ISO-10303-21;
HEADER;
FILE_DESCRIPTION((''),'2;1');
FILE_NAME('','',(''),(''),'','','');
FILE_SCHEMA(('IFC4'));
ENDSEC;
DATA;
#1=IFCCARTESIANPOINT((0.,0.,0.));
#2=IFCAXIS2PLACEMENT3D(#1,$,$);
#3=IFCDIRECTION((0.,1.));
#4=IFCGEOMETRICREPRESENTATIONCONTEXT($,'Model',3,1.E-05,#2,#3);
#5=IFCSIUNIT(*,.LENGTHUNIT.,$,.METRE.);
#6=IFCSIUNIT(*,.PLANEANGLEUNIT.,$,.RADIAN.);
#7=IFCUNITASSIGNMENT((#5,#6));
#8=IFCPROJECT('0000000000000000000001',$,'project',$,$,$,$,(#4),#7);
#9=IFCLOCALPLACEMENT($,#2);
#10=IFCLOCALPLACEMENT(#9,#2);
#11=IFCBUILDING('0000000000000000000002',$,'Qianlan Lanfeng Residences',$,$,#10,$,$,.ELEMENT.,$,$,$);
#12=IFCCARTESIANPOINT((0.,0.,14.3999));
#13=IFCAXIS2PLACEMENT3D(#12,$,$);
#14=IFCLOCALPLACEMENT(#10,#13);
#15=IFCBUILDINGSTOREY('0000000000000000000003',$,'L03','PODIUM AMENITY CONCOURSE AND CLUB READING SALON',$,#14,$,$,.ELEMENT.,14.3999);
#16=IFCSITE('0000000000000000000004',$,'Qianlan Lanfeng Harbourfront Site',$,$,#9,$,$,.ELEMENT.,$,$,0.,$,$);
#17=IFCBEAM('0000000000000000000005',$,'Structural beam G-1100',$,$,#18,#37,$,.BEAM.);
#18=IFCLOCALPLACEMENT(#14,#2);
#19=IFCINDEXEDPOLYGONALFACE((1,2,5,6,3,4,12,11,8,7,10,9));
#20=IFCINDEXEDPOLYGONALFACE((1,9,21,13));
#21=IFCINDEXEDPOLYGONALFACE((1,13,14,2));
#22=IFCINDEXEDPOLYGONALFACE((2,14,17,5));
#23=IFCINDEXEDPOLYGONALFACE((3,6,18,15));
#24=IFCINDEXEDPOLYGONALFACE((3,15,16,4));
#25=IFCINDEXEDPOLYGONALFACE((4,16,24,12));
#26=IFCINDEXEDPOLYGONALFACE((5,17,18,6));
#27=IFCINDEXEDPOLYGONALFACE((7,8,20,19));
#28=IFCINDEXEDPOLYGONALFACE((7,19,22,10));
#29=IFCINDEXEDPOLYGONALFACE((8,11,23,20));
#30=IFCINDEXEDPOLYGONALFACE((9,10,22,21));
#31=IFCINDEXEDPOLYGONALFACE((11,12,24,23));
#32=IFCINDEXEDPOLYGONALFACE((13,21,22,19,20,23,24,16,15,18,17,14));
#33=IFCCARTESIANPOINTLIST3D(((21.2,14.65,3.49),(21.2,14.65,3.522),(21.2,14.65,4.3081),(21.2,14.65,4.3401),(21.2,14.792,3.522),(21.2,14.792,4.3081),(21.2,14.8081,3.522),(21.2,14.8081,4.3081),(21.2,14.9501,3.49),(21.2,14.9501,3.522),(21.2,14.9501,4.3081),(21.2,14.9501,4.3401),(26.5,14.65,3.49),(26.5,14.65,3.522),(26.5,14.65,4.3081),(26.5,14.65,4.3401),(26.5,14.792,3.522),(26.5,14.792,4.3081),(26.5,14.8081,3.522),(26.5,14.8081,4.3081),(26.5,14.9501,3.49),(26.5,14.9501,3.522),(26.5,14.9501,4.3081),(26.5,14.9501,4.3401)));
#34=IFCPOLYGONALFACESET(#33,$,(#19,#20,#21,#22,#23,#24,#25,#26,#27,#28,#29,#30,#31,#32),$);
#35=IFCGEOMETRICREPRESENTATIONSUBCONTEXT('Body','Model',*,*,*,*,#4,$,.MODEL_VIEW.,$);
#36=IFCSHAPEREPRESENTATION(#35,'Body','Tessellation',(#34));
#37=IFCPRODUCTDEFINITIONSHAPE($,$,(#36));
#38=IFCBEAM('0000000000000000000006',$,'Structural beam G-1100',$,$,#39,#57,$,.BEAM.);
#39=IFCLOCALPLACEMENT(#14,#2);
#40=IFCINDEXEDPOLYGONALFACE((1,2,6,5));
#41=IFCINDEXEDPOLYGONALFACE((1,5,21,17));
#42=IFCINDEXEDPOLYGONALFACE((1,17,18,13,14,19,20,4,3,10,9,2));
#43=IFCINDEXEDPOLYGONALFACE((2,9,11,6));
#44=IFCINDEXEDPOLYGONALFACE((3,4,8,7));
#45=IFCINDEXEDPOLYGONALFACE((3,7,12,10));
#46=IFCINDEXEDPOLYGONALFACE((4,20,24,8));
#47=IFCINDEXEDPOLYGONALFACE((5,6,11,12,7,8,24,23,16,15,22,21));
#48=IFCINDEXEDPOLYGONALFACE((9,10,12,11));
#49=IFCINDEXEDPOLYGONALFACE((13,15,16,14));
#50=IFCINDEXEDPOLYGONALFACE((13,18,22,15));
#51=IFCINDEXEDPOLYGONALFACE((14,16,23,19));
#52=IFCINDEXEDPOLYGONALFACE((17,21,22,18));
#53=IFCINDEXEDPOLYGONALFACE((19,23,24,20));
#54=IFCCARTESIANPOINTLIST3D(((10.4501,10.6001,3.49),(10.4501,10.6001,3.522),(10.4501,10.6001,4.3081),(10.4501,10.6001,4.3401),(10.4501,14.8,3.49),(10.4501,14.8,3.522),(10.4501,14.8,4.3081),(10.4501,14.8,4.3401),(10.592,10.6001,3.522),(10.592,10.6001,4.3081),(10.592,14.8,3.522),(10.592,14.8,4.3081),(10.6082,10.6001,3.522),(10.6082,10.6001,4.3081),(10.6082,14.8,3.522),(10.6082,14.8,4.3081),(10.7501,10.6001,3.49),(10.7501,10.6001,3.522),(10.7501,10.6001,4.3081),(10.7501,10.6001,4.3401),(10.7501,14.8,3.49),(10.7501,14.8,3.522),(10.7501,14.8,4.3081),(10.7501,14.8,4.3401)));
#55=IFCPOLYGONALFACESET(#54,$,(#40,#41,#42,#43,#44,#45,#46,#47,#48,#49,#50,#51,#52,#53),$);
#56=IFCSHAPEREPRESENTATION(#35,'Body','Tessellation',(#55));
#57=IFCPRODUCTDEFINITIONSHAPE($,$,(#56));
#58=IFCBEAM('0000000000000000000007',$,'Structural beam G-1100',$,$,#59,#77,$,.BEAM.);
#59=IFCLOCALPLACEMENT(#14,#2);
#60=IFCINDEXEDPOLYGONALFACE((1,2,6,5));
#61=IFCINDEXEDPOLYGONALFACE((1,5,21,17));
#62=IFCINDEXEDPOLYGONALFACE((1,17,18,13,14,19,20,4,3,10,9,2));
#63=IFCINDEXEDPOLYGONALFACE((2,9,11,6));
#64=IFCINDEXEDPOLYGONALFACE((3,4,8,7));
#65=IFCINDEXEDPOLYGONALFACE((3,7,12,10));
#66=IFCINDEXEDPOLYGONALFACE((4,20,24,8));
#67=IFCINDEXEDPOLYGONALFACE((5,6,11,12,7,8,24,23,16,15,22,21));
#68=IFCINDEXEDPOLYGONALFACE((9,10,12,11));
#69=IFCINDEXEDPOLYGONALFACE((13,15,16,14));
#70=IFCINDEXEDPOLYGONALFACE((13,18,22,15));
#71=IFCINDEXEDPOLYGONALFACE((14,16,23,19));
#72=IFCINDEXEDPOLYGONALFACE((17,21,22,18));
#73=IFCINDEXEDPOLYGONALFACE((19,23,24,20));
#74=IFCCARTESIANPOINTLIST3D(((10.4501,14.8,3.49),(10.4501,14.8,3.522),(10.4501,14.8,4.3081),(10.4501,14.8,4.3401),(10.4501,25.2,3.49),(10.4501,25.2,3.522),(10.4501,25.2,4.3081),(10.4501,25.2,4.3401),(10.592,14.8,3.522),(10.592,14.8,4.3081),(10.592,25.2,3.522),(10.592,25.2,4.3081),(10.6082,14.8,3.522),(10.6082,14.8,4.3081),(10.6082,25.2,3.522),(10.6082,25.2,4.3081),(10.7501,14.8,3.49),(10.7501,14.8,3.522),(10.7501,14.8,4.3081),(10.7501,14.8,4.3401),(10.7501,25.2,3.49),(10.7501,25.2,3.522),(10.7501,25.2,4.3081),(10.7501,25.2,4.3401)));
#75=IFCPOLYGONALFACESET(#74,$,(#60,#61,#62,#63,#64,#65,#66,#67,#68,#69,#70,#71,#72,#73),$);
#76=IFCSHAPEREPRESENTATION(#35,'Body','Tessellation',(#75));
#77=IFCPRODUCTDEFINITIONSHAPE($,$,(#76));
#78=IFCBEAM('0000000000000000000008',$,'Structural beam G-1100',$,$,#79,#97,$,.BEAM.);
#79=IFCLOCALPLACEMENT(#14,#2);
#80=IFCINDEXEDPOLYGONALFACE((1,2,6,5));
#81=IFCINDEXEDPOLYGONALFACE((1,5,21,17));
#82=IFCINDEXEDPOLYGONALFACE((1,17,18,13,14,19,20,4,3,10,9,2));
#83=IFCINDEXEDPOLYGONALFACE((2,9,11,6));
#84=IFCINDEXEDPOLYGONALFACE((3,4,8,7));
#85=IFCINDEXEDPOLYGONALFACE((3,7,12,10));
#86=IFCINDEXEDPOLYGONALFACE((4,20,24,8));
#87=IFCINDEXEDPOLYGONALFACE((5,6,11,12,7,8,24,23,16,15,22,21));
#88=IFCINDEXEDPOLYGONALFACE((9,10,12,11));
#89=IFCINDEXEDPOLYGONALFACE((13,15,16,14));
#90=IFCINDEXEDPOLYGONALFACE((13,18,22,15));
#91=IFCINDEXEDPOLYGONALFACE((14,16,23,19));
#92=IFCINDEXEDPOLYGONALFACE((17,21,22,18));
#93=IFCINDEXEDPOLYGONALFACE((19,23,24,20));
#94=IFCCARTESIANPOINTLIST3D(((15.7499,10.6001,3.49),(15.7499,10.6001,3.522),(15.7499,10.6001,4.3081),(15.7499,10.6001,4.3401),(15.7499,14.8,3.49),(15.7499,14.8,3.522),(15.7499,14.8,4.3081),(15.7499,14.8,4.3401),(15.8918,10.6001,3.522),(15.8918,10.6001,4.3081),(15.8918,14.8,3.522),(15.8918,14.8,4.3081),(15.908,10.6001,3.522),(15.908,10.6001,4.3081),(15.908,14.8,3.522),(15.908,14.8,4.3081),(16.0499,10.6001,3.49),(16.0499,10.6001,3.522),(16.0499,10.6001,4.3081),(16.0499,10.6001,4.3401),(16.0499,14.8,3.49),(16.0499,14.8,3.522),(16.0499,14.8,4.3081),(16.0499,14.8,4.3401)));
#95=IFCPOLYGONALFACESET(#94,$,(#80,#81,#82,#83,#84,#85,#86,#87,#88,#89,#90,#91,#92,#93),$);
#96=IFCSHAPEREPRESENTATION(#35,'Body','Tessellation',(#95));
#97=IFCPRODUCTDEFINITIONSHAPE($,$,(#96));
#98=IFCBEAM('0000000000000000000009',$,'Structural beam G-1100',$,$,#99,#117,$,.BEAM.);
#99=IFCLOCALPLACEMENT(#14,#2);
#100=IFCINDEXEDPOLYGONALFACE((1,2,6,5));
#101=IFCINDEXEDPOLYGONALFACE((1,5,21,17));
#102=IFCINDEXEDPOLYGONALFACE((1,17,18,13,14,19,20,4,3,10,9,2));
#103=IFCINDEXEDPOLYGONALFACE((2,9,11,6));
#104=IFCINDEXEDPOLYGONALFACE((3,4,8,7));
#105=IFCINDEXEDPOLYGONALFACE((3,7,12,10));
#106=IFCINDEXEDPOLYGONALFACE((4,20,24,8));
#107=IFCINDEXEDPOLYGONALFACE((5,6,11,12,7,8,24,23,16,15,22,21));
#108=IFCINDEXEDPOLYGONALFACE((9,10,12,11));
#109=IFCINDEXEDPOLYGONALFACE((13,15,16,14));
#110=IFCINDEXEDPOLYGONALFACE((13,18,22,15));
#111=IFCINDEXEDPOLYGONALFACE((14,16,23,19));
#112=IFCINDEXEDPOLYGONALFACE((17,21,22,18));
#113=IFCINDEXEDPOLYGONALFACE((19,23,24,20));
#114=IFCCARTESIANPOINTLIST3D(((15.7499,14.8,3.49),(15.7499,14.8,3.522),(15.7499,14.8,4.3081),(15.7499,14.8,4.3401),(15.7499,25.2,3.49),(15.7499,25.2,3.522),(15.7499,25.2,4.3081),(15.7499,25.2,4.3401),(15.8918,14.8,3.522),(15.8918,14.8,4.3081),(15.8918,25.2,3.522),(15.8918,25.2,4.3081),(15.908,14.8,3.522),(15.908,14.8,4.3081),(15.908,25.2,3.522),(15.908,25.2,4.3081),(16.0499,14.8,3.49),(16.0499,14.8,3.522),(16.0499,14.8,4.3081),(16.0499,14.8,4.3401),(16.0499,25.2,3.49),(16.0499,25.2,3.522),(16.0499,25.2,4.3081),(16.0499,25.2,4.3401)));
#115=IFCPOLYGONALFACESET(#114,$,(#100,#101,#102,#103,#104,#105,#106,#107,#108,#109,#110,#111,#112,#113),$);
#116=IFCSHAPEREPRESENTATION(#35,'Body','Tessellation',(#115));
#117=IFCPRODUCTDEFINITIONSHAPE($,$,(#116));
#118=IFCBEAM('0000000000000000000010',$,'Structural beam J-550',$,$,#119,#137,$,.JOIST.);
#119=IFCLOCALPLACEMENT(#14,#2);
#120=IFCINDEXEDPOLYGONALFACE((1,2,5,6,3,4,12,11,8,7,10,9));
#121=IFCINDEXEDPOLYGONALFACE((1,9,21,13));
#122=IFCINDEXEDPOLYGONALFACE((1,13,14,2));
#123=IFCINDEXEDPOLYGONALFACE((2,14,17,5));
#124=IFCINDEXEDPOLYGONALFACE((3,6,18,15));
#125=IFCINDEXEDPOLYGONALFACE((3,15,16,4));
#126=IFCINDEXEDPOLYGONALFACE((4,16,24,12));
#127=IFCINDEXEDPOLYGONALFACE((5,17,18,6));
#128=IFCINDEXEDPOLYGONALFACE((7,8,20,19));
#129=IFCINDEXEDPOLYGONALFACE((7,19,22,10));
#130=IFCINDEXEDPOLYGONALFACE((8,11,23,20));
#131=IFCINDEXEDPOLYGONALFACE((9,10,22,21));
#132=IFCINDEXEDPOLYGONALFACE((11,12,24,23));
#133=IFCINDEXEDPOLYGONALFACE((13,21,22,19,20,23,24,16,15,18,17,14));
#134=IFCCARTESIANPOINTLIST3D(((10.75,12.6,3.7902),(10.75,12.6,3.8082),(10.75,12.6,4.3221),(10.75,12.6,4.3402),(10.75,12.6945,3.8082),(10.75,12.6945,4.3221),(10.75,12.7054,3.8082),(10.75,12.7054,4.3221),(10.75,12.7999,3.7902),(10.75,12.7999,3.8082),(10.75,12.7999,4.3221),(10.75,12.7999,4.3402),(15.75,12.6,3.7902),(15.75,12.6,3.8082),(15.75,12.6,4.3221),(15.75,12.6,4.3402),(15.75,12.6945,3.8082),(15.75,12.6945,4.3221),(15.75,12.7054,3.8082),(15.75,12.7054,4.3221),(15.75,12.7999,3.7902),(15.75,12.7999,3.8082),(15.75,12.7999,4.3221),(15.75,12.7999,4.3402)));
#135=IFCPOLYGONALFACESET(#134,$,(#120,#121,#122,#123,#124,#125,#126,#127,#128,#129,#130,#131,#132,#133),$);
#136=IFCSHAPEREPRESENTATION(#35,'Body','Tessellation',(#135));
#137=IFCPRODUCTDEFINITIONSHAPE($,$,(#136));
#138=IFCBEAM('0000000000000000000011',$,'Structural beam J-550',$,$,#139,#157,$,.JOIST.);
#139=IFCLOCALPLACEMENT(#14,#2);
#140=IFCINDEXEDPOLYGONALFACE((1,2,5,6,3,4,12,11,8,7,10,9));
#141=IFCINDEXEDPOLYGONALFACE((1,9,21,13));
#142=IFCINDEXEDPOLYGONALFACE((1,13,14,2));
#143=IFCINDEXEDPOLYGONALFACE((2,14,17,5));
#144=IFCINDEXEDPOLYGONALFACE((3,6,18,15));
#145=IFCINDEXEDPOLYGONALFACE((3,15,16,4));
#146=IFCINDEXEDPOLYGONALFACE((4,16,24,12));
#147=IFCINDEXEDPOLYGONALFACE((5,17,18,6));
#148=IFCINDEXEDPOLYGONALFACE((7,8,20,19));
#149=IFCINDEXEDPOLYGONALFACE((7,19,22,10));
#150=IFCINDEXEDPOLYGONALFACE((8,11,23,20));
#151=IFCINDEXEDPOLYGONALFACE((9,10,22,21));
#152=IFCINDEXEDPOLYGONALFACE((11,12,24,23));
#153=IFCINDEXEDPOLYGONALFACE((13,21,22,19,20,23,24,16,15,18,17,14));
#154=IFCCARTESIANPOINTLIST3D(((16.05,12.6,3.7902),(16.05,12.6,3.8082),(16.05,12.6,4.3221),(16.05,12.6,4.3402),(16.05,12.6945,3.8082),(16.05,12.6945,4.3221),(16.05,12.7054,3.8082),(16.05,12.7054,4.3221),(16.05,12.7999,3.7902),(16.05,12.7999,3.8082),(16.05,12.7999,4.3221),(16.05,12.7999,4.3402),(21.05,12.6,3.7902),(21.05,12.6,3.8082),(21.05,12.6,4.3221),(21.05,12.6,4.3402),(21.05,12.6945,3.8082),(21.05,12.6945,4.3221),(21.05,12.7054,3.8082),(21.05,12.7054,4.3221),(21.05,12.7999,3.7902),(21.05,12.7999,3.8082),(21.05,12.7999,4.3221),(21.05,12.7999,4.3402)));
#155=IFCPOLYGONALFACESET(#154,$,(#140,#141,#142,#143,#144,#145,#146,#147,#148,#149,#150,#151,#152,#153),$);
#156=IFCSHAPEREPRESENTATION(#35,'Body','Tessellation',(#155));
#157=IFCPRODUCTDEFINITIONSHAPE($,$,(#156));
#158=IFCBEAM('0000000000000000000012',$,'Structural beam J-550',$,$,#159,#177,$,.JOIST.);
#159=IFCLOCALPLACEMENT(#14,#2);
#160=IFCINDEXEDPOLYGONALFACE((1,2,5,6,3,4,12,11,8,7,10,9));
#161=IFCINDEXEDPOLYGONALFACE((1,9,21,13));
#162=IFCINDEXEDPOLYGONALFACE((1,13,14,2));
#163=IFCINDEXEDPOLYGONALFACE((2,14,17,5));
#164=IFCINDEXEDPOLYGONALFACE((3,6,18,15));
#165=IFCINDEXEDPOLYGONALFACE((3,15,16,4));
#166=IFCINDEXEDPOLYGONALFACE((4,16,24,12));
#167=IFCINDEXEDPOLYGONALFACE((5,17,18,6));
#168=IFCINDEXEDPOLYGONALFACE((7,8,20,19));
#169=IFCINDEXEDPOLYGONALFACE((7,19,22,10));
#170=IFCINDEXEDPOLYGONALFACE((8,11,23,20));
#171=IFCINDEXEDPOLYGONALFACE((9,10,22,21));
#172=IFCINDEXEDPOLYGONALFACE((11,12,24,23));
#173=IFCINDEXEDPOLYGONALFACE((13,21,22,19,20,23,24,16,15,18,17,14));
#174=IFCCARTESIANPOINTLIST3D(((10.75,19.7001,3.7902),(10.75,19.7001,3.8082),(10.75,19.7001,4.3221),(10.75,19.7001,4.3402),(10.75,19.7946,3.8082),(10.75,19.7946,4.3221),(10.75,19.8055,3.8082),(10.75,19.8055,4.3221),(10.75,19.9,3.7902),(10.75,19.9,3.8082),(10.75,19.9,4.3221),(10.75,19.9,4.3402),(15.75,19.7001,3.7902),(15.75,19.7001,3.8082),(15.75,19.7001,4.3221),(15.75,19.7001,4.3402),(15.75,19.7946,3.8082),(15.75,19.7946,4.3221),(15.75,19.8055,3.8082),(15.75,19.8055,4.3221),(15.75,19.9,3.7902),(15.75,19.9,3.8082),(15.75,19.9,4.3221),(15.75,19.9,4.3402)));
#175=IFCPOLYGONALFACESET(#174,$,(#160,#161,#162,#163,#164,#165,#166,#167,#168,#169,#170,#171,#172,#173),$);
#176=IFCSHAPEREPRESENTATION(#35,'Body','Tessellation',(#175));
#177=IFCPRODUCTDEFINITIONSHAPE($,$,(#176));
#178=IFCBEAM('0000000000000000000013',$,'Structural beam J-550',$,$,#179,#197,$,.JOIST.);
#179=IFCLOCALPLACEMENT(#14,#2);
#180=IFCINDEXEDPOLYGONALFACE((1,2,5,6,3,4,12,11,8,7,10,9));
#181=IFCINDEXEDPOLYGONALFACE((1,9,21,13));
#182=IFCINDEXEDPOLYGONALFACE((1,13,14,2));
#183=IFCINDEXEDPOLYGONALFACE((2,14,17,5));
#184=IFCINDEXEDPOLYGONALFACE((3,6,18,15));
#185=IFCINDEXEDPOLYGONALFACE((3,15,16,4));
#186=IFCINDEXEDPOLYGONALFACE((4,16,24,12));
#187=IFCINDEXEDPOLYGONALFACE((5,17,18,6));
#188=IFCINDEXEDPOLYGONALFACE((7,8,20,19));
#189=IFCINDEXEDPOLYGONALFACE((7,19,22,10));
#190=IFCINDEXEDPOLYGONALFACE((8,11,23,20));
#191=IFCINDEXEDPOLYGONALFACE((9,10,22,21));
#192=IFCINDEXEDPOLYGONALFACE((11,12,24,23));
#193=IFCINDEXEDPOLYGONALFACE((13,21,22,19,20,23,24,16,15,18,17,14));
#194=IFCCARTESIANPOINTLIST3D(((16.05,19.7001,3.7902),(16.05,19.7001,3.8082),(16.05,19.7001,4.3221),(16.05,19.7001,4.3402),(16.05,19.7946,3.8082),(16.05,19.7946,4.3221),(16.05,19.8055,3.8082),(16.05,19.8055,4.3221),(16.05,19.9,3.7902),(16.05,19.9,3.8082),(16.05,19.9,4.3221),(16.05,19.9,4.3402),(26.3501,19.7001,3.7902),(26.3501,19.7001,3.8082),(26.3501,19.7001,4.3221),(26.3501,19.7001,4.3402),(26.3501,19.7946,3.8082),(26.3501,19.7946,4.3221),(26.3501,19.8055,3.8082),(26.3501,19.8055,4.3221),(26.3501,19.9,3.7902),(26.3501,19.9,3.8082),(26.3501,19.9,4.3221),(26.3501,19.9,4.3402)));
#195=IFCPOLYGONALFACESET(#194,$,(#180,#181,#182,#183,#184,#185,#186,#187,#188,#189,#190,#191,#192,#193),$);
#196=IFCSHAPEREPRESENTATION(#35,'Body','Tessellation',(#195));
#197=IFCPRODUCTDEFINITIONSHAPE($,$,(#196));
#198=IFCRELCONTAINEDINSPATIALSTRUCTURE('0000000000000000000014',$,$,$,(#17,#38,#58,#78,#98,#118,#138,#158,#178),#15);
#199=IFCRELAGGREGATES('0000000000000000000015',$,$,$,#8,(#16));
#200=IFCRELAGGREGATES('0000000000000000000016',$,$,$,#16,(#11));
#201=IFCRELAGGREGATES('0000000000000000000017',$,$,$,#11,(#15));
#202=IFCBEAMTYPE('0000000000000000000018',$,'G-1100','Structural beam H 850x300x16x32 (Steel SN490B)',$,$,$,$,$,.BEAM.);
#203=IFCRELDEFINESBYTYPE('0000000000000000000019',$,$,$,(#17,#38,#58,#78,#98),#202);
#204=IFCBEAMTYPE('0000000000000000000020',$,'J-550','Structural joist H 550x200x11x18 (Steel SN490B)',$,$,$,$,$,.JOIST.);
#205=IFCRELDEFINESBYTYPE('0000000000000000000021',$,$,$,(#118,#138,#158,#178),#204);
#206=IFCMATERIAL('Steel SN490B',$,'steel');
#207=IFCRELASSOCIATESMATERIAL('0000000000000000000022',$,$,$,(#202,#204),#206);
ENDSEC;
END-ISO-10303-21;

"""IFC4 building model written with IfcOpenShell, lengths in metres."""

from ifc_helpers import new_model, si_unit, direction, frame, origin, origin_2d, place, context, subcontext, project, spatial, i_section, extrude, material, material_profile, profile_set, type_object, element, save


model = new_model("IFC4")

# Units and contexts
model_context = context("Model", 3, precision=1e-05, world=origin(), true_north=direction((0.0, 1.0)))
body_context = subcontext(model_context, "Body", "Model", "MODEL_VIEW")
ifc_project = project(units=[si_unit("LENGTHUNIT", "METRE"), si_unit("PLANEANGLEUNIT", "RADIAN")], contexts=[model_context])

# Site, building, storey
site_placement = place(None, origin())
site = spatial("IfcSite", under=ifc_project, at=site_placement, Name="Qianlan Lanfeng Harbourfront Site", CompositionType="ELEMENT", RefElevation=0.0)
building_placement = place(site_placement, origin())
building = spatial("IfcBuilding", under=site, at=building_placement, Name="Qianlan Lanfeng Residences", CompositionType="ELEMENT")
storey_placement = place(building_placement, frame((0.0, 0.0, 14.3999)))
storey = spatial("IfcBuildingStorey", under=building, at=storey_placement, Name="L03", Description="PODIUM AMENITY CONCOURSE AND CLUB READING SALON", CompositionType="ELEMENT", Elevation=14.3999)

# Beams
ifc_material_1 = material(Name="Steel SN490B", Category="steel")
ifc_material_profile_1 = material_profile(ifc_material_1, i_section(OverallWidth=0.3, OverallDepth=0.8501, WebThickness=0.0161, FlangeThickness=0.032, at=origin_2d()), Name="H 850x300x16x32")
ifc_profile_set_1 = profile_set([ifc_material_profile_1], Name="Steel SN490B")
beam_type_1 = type_object("IfcBeamType", Name="G-1100", Description="Structural beam H 850x300x16x32 (Steel SN490B)", PredefinedType="BEAM", material=ifc_profile_set_1)
for number, where, z_axis, x_axis, name in (
    (1, (21.2, 14.8, 3.915), (1.0, 0.0, 0.0), (0.0, 1.0, 0.0), "Structural beam G-1100"),
):
    element("IfcBeam", number, at=place(storey_placement, frame(where, z_axis=z_axis, x_axis=x_axis)), inside=storey, type_object=beam_type_1, Name=name, PredefinedType="BEAM", context=body_context, shape_type="SweptSolid", body=[
        extrude(i_section(OverallWidth=0.3, OverallDepth=0.8501, WebThickness=0.0161, FlangeThickness=0.032, at=origin_2d()), origin(), (0.0, 0.0, 1.0), 5.3),
    ])
beam_1_placement = place(storey_placement, frame((10.6001, 10.6001, 3.915), z_axis=(0.0, 1.0, 0.0), x_axis=(-1.0, 0.0, 0.0)))
element("IfcBeam", 2, at=beam_1_placement, inside=storey, type_object=beam_type_1, Name="Structural beam G-1100", PredefinedType="BEAM", context=body_context, shape_type="SweptSolid", body=[
    extrude(i_section(OverallWidth=0.3, OverallDepth=0.8501, WebThickness=0.0161, FlangeThickness=0.032, at=origin_2d()), origin(), (0.0, 0.0, 1.0), 4.2),
])
beam_2_placement = place(storey_placement, frame((10.6001, 14.8, 3.915), z_axis=(0.0, 1.0, 0.0), x_axis=(-1.0, 0.0, 0.0)))
element("IfcBeam", 3, at=beam_2_placement, inside=storey, type_object=beam_type_1, Name="Structural beam G-1100", PredefinedType="BEAM", context=body_context, shape_type="SweptSolid", body=[
    extrude(i_section(OverallWidth=0.3, OverallDepth=0.8501, WebThickness=0.0161, FlangeThickness=0.032, at=origin_2d()), origin(), (0.0, 0.0, 1.0), 10.3999),
])
beam_3_placement = place(storey_placement, frame((15.8999, 10.6001, 3.915), z_axis=(0.0, 1.0, 0.0), x_axis=(-1.0, 0.0, 0.0)))
element("IfcBeam", 4, at=beam_3_placement, inside=storey, type_object=beam_type_1, Name="Structural beam G-1100", PredefinedType="BEAM", context=body_context, shape_type="SweptSolid", body=[
    extrude(i_section(OverallWidth=0.3, OverallDepth=0.8501, WebThickness=0.0161, FlangeThickness=0.032, at=origin_2d()), origin(), (0.0, 0.0, 1.0), 4.2),
])
beam_4_placement = place(storey_placement, frame((15.8999, 14.8, 3.915), z_axis=(0.0, 1.0, 0.0), x_axis=(-1.0, 0.0, 0.0)))
element("IfcBeam", 5, at=beam_4_placement, inside=storey, type_object=beam_type_1, Name="Structural beam G-1100", PredefinedType="BEAM", context=body_context, shape_type="SweptSolid", body=[
    extrude(i_section(OverallWidth=0.3, OverallDepth=0.8501, WebThickness=0.0161, FlangeThickness=0.032, at=origin_2d()), origin(), (0.0, 0.0, 1.0), 10.3999),
])
ifc_material_profile_2 = material_profile(ifc_material_1, i_section(OverallWidth=0.2, OverallDepth=0.55, WebThickness=0.011, FlangeThickness=0.0181, at=origin_2d()), Name="H 550x200x11x18")
ifc_profile_set_2 = profile_set([ifc_material_profile_2], Name="Steel SN490B")
beam_type_2 = type_object("IfcBeamType", Name="J-550", Description="Structural joist H 550x200x11x18 (Steel SN490B)", PredefinedType="JOIST", material=ifc_profile_set_2)
for number, where, z_axis, x_axis, name in (
    (6, (10.75, 12.7, 4.0652), (1.0, 0.0, 0.0), (0.0, 1.0, 0.0), "Structural beam J-550"),
    (7, (16.05, 12.7, 4.0652), (1.0, 0.0, 0.0), (0.0, 1.0, 0.0), "Structural beam J-550"),
    (8, (10.75, 19.8, 4.0652), (1.0, 0.0, 0.0), (0.0, 1.0, 0.0), "Structural beam J-550"),
):
    element("IfcBeam", number, at=place(storey_placement, frame(where, z_axis=z_axis, x_axis=x_axis)), inside=storey, type_object=beam_type_2, Name=name, PredefinedType="JOIST", context=body_context, shape_type="SweptSolid", body=[
        extrude(i_section(OverallWidth=0.2, OverallDepth=0.55, WebThickness=0.011, FlangeThickness=0.0181, at=origin_2d()), origin(), (0.0, 0.0, 1.0), 5.0),
    ])
beam_5_placement = place(storey_placement, frame((16.05, 19.8, 4.0652), z_axis=(1.0, 0.0, 0.0), x_axis=(0.0, 1.0, 0.0)))
element("IfcBeam", 9, at=beam_5_placement, inside=storey, type_object=beam_type_2, Name="Structural beam J-550", PredefinedType="JOIST", context=body_context, shape_type="SweptSolid", body=[
    extrude(i_section(OverallWidth=0.2, OverallDepth=0.55, WebThickness=0.011, FlangeThickness=0.0181, at=origin_2d()), origin(), (0.0, 0.0, 1.0), 10.3),
])

save(model, "model.ifc")
